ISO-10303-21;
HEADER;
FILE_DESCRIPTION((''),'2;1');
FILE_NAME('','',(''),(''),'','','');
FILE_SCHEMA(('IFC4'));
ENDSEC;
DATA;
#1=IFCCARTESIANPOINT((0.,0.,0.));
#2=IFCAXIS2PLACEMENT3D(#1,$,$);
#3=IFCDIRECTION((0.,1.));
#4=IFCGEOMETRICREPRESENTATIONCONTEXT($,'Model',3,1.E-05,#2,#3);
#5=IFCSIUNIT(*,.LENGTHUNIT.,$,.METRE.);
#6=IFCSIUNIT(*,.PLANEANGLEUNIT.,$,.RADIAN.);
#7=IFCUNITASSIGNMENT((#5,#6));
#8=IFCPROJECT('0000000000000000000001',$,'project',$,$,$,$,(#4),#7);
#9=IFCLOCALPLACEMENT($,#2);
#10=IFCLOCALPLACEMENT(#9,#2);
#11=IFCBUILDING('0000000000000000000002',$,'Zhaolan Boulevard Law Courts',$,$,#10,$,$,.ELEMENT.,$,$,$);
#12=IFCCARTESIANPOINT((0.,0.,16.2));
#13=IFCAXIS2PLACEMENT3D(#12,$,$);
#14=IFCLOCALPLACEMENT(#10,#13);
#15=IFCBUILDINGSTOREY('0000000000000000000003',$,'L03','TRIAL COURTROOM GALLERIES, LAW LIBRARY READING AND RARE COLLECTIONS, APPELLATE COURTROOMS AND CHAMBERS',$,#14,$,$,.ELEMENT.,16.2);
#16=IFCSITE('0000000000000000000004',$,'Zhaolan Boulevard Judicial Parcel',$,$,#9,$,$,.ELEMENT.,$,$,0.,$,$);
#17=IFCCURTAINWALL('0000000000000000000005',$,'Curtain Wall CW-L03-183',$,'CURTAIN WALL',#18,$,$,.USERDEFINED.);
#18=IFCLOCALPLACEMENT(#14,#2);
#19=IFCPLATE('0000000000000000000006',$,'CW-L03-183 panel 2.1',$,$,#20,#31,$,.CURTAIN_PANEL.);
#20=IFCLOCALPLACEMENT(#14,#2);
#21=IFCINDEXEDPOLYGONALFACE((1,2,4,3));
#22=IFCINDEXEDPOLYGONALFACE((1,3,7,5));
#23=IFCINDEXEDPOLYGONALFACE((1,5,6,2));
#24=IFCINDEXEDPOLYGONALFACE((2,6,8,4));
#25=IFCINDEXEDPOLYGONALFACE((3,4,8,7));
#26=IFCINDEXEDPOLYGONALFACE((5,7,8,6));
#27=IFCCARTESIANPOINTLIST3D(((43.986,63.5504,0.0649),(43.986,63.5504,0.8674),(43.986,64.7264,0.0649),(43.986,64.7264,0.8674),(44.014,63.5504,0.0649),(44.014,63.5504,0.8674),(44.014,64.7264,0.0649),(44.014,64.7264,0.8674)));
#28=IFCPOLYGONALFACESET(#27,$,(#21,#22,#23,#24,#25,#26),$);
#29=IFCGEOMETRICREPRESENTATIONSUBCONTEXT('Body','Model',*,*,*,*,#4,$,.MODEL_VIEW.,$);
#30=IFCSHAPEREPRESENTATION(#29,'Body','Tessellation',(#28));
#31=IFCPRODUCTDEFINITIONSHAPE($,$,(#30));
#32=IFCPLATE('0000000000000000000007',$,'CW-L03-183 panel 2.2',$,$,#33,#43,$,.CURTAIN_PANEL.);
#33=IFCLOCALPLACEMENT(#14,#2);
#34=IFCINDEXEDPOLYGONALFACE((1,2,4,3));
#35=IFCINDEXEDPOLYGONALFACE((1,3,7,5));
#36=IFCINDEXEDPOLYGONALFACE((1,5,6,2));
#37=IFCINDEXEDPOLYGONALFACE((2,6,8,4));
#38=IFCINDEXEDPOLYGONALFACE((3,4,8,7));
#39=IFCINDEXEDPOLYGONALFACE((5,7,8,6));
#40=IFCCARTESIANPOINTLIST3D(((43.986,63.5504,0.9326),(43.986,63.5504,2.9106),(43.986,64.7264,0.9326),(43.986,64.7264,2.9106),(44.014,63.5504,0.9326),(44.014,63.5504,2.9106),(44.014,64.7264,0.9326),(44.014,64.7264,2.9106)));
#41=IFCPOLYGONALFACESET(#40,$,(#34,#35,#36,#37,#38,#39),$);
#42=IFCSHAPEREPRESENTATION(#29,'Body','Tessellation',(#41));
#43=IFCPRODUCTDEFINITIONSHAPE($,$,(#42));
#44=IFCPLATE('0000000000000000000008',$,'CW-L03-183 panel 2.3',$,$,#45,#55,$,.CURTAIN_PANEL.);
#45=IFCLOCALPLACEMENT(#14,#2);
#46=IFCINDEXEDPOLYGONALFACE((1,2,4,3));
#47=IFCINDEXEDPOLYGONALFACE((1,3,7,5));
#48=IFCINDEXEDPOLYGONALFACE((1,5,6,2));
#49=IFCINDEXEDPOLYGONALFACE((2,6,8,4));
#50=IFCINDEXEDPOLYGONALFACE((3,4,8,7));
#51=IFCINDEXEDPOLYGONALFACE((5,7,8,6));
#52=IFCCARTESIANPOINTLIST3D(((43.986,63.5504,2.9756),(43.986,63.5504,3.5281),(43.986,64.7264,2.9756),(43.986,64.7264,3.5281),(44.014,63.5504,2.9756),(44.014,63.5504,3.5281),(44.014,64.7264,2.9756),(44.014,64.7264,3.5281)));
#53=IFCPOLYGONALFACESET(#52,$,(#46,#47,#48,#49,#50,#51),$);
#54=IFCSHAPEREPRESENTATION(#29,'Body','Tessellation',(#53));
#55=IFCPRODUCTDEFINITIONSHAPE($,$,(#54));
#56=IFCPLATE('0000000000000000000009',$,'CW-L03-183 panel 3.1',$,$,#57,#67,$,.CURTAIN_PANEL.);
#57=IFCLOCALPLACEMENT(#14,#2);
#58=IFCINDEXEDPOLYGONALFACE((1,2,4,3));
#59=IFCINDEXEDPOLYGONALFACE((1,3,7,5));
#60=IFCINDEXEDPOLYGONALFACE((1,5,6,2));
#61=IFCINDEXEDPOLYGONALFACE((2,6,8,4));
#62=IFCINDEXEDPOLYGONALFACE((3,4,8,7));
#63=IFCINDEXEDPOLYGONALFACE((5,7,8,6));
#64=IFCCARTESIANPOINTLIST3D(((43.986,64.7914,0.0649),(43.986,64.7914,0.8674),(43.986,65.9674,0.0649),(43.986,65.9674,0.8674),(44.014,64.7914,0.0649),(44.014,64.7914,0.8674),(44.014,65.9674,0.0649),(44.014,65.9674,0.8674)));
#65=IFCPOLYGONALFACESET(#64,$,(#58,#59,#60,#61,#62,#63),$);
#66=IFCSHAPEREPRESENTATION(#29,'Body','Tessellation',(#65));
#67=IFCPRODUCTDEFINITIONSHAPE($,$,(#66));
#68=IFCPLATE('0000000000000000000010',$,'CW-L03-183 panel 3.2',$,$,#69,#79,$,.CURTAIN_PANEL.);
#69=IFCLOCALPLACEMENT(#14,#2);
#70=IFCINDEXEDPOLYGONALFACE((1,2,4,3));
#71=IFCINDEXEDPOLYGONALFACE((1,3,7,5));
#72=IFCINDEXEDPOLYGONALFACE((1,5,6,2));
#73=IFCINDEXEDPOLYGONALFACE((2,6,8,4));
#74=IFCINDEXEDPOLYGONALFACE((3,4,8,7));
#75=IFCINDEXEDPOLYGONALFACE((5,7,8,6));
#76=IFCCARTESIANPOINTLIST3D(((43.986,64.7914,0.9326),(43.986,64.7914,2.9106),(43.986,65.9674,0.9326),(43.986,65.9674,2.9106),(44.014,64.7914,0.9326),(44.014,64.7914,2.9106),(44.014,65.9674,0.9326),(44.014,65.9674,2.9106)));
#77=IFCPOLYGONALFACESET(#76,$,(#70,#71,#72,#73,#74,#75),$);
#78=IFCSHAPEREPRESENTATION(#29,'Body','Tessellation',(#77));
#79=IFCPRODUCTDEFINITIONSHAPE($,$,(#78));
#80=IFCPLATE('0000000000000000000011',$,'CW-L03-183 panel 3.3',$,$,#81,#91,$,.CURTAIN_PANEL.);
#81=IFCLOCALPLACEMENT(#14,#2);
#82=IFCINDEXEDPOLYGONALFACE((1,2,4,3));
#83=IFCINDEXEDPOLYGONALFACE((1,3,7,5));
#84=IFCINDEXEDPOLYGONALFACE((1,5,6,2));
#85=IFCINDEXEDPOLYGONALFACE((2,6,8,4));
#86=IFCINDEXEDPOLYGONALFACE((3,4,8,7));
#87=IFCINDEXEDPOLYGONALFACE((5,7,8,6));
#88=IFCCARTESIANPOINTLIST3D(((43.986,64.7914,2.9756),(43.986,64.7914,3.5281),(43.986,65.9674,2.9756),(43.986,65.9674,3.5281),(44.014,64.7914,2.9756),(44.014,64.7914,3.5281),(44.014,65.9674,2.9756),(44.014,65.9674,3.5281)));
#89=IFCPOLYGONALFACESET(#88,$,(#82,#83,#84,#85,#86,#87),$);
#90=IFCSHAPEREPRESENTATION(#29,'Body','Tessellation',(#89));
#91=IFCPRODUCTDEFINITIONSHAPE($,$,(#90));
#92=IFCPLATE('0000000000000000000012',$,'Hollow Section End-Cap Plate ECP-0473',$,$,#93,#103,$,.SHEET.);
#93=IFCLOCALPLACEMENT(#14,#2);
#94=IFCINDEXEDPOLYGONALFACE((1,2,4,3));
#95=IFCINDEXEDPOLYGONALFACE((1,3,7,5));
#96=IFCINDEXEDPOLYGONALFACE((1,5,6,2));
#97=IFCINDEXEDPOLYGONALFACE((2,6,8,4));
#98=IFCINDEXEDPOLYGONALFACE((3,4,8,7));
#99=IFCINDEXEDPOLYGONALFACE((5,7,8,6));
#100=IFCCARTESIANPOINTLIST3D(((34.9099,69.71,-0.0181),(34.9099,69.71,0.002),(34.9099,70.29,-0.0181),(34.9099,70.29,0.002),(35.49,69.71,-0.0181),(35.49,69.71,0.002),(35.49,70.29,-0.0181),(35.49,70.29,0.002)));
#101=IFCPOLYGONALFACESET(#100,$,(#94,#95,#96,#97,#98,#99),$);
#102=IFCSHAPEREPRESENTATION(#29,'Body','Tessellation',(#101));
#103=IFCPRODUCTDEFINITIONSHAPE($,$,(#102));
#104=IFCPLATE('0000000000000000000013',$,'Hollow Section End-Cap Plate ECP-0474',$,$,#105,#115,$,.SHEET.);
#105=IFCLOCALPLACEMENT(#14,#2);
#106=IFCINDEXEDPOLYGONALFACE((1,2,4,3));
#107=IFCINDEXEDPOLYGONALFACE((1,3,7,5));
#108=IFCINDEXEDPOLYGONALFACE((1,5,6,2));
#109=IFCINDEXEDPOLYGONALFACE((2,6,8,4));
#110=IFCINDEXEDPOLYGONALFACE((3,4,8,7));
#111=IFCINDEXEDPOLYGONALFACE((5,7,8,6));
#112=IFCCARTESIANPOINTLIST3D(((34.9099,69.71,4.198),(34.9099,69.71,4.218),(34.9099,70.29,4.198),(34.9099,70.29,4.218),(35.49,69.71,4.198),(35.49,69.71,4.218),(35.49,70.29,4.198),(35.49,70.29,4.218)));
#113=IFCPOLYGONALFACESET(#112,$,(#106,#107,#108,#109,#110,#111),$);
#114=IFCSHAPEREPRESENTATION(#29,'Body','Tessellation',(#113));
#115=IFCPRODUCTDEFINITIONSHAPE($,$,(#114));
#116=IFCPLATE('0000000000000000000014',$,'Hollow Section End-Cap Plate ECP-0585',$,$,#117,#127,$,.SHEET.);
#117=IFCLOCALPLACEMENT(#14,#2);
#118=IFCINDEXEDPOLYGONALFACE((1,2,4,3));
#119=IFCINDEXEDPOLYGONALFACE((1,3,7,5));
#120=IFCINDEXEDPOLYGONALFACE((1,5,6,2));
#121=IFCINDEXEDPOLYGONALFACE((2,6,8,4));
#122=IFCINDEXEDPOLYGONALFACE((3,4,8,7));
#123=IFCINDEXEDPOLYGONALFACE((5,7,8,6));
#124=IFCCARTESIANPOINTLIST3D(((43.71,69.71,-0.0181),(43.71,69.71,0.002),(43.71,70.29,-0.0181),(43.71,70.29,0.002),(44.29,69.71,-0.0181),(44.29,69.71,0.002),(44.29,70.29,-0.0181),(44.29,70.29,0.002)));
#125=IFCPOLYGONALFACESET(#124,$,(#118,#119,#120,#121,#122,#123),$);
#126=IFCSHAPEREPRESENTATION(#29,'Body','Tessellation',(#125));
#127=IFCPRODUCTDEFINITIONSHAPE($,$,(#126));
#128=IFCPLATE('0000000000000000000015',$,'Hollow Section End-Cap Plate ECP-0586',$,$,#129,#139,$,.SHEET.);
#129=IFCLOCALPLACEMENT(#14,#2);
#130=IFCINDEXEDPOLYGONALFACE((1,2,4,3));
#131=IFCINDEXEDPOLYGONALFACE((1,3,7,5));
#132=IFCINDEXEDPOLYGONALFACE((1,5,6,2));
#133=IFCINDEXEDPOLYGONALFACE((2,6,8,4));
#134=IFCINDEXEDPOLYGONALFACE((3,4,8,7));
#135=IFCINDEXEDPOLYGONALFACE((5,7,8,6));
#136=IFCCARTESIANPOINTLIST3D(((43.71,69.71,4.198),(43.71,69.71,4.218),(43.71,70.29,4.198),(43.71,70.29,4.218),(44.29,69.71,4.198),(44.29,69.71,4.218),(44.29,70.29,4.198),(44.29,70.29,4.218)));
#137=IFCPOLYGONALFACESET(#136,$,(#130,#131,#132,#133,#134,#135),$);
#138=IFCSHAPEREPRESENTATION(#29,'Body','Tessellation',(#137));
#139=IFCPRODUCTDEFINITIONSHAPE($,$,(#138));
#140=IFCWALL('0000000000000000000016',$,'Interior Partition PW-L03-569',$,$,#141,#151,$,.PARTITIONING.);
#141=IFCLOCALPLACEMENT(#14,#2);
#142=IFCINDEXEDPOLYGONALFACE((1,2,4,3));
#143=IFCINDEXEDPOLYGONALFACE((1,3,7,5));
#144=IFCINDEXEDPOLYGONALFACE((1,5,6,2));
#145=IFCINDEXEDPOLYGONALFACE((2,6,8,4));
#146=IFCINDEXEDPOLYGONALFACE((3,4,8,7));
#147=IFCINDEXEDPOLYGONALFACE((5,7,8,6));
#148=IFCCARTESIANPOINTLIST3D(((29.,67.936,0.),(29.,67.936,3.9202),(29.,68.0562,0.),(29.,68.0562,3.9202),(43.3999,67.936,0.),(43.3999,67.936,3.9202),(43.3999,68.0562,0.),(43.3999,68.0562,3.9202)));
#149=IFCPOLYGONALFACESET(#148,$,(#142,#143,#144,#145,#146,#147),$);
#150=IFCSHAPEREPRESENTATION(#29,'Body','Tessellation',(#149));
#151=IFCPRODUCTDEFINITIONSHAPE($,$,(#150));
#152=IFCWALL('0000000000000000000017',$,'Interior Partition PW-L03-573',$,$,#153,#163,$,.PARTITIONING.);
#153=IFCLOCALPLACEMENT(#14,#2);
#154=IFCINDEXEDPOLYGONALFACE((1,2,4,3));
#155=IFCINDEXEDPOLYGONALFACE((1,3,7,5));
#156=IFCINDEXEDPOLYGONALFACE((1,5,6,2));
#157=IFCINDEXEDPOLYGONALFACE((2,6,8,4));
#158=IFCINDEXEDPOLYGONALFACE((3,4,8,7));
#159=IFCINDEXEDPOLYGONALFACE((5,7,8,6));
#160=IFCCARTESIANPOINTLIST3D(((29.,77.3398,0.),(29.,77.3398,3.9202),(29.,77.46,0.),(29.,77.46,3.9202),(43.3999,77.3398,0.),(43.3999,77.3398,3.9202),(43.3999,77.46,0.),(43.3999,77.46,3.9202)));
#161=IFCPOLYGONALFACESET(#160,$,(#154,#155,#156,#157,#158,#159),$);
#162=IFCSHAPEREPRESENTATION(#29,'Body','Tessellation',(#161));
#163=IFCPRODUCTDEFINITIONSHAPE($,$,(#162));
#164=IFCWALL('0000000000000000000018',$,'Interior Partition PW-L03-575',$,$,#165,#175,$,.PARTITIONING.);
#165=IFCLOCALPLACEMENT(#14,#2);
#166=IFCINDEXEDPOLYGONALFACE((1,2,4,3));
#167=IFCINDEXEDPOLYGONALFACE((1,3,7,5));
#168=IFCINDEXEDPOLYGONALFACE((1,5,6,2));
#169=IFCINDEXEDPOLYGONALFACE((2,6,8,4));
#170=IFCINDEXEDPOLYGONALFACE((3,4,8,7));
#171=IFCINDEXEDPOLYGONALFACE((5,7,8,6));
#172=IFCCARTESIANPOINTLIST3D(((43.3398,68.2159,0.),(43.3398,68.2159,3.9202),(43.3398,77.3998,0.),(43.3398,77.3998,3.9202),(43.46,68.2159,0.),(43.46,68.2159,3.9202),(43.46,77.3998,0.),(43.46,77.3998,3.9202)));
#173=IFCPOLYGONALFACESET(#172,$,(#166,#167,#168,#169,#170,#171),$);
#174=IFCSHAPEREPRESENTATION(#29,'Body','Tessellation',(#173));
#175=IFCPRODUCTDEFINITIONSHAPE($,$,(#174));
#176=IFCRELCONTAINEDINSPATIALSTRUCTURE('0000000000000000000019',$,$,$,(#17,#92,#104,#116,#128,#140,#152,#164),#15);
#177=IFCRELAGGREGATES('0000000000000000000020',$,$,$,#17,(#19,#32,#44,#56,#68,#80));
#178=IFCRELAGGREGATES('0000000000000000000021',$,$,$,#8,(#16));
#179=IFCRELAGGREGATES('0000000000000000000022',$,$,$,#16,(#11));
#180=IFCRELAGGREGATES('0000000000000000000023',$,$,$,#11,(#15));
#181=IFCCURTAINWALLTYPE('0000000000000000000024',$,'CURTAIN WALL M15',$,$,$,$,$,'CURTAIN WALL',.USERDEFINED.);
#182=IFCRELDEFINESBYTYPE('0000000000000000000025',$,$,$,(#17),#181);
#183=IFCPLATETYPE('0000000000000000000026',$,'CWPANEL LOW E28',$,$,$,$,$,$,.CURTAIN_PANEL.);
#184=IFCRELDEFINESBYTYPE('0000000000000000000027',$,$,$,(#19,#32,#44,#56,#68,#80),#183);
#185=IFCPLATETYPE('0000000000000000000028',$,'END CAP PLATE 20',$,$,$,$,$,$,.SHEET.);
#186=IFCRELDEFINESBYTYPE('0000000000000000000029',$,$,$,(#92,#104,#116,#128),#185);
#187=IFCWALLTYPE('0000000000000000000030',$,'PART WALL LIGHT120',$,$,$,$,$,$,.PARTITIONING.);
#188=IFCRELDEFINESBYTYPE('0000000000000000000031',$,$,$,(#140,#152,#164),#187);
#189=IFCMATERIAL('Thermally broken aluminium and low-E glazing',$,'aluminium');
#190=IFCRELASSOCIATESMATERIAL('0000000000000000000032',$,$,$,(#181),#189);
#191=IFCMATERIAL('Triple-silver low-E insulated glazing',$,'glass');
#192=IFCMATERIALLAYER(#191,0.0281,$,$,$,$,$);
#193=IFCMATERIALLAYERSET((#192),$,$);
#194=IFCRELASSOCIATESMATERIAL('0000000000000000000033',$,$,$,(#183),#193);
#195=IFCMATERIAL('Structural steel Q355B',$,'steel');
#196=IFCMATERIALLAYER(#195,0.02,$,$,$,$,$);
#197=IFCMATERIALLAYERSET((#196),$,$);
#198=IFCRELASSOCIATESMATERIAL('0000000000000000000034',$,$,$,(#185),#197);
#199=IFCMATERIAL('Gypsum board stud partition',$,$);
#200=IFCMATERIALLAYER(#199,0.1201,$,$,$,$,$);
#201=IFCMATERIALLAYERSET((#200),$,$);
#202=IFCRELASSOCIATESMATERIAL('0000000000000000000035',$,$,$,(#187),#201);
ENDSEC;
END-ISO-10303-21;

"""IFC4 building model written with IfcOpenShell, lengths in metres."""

from ifc_helpers import new_model, si_unit, direction, frame, frame_2d, origin, origin_2d, place, context, subcontext, project, spatial, rectangle, extrude, material, layer, layer_set, type_object, element, aggregate, save


model = new_model("IFC4")

# Units and contexts
model_context = context("Model", 3, precision=1e-05, world=origin(), true_north=direction((0.0, 1.0)))
body_context = subcontext(model_context, "Body", "Model", "MODEL_VIEW")
ifc_project = project(units=[si_unit("LENGTHUNIT", "METRE"), si_unit("PLANEANGLEUNIT", "RADIAN")], contexts=[model_context])

# Site, building, storey
site_placement = place(None, origin())
site = spatial("IfcSite", under=ifc_project, at=site_placement, Name="Zhaolan Boulevard Judicial Parcel", CompositionType="ELEMENT", RefElevation=0.0)
building_placement = place(site_placement, origin())
building = spatial("IfcBuilding", under=site, at=building_placement, Name="Zhaolan Boulevard Law Courts", CompositionType="ELEMENT")
storey_placement = place(building_placement, frame((0.0, 0.0, 16.2)))
storey = spatial("IfcBuildingStorey", under=building, at=storey_placement, Name="L03", Description="TRIAL COURTROOM GALLERIES, LAW LIBRARY READING AND RARE COLLECTIONS, APPELLATE COURTROOMS AND CHAMBERS", CompositionType="ELEMENT", Elevation=16.2)

# Curtain wall
ifc_material_1 = material(Name="Thermally broken aluminium and low-E glazing", Category="aluminium")
curtain_wall_type = type_object("IfcCurtainWallType", Name="CURTAIN WALL M15", ElementType="CURTAIN WALL", PredefinedType="USERDEFINED", material=ifc_material_1)
curtain_wall_placement = place(storey_placement, origin())
curtain_wall = element("IfcCurtainWall", 1, at=curtain_wall_placement, inside=storey, type_object=curtain_wall_type, Name="Curtain Wall CW-L03-183", ObjectType="CURTAIN WALL", PredefinedType="USERDEFINED")

# Plates
ifc_material_2 = material(Name="Triple-silver low-E insulated glazing", Category="glass")
ifc_layer_1 = layer(ifc_material_2, 0.0281)
ifc_layer_set_1 = layer_set([ifc_layer_1])
plate_type_1 = type_object("IfcPlateType", Name="CWPANEL LOW E28", PredefinedType="CURTAIN_PANEL", material=ifc_layer_set_1)
plate_1_placement = place(storey_placement, frame((44.0, 64.1384, 0.0649), z_axis=(0.0, 0.0, 1.0), x_axis=(0.0, 1.0, 0.0)))
plate_1 = element("IfcPlate", 2, at=plate_1_placement, type_object=plate_type_1, Name="CW-L03-183 panel 2.1", PredefinedType="CURTAIN_PANEL", context=body_context, shape_type="SweptSolid", body=[
    extrude(rectangle(XDim=1.176, YDim=0.0281, at=origin_2d()), origin(), (0.0, 0.0, 1.0), 0.8025),
])
plate_2_placement = place(storey_placement, frame((44.0, 64.1384, 0.9326), z_axis=(0.0, 0.0, 1.0), x_axis=(0.0, 1.0, 0.0)))
plate_2 = element("IfcPlate", 3, at=plate_2_placement, type_object=plate_type_1, Name="CW-L03-183 panel 2.2", PredefinedType="CURTAIN_PANEL", context=body_context, shape_type="SweptSolid", body=[
    extrude(rectangle(XDim=1.176, YDim=0.0281, at=origin_2d()), origin(), (0.0, 0.0, 1.0), 1.978),
])
plate_3_placement = place(storey_placement, frame((44.0, 64.1384, 2.9756), z_axis=(0.0, 0.0, 1.0), x_axis=(0.0, 1.0, 0.0)))
plate_3 = element("IfcPlate", 4, at=plate_3_placement, type_object=plate_type_1, Name="CW-L03-183 panel 2.3", PredefinedType="CURTAIN_PANEL", context=body_context, shape_type="SweptSolid", body=[
    extrude(rectangle(XDim=1.176, YDim=0.0281, at=origin_2d()), origin(), (0.0, 0.0, 1.0), 0.5525),
])
plate_4_placement = place(storey_placement, frame((44.0, 65.3794, 0.0649), z_axis=(0.0, 0.0, 1.0), x_axis=(0.0, 1.0, 0.0)))
plate_4 = element("IfcPlate", 5, at=plate_4_placement, type_object=plate_type_1, Name="CW-L03-183 panel 3.1", PredefinedType="CURTAIN_PANEL", context=body_context, shape_type="SweptSolid", body=[
    extrude(rectangle(XDim=1.176, YDim=0.0281, at=origin_2d()), origin(), (0.0, 0.0, 1.0), 0.8025),
])
plate_5_placement = place(storey_placement, frame((44.0, 65.3794, 0.9326), z_axis=(0.0, 0.0, 1.0), x_axis=(0.0, 1.0, 0.0)))
plate_5 = element("IfcPlate", 6, at=plate_5_placement, type_object=plate_type_1, Name="CW-L03-183 panel 3.2", PredefinedType="CURTAIN_PANEL", context=body_context, shape_type="SweptSolid", body=[
    extrude(rectangle(XDim=1.176, YDim=0.0281, at=origin_2d()), origin(), (0.0, 0.0, 1.0), 1.978),
])
plate_6_placement = place(storey_placement, frame((44.0, 65.3794, 2.9756), z_axis=(0.0, 0.0, 1.0), x_axis=(0.0, 1.0, 0.0)))
plate_6 = element("IfcPlate", 7, at=plate_6_placement, type_object=plate_type_1, Name="CW-L03-183 panel 3.3", PredefinedType="CURTAIN_PANEL", context=body_context, shape_type="SweptSolid", body=[
    extrude(rectangle(XDim=1.176, YDim=0.0281, at=origin_2d()), origin(), (0.0, 0.0, 1.0), 0.5525),
])
aggregate(curtain_wall, [plate_1, plate_2, plate_3, plate_4, plate_5, plate_6])

# Plates
ifc_material_3 = material(Name="Structural steel Q355B", Category="steel")
ifc_layer_2 = layer(ifc_material_3, 0.02)
ifc_layer_set_2 = layer_set([ifc_layer_2])
plate_type_2 = type_object("IfcPlateType", Name="END CAP PLATE 20", PredefinedType="SHEET", material=ifc_layer_set_2)
for number, where, z_axis, x_axis, name in (
    (8, (35.2, 70.0, -0.0181), (0.0, 0.0, 1.0), (1.0, 0.0, 0.0), "Hollow Section End-Cap Plate ECP-0473"),
    (9, (35.2, 70.0, 4.198), (0.0, 0.0, 1.0), (1.0, 0.0, 0.0), "Hollow Section End-Cap Plate ECP-0474"),
    (10, (44.0, 70.0, -0.0181), (0.0, 0.0, 1.0), (1.0, 0.0, 0.0), "Hollow Section End-Cap Plate ECP-0585"),
    (11, (44.0, 70.0, 4.198), (0.0, 0.0, 1.0), (1.0, 0.0, 0.0), "Hollow Section End-Cap Plate ECP-0586"),
):
    element("IfcPlate", number, at=place(storey_placement, frame(where, z_axis=z_axis, x_axis=x_axis)), inside=storey, type_object=plate_type_2, Name=name, PredefinedType="SHEET", context=body_context, shape_type="SweptSolid", body=[
        extrude(rectangle(XDim=0.5801, YDim=0.5801, at=origin_2d()), origin(), (0.0, 0.0, 1.0), 0.02),
    ])

# Walls
ifc_material_4 = material(Name="Gypsum board stud partition")
ifc_layer_3 = layer(ifc_material_4, 0.1201)
ifc_layer_set_3 = layer_set([ifc_layer_3])
wall_type = type_object("IfcWallType", Name="PART WALL LIGHT120", PredefinedType="PARTITIONING", material=ifc_layer_set_3)
for number, where, z_axis, x_axis, name in (
    (12, (43.3999, 67.9961, 0.0), (0.0, 0.0, 1.0), (-1.0, 0.0, 0.0), "Interior Partition PW-L03-569"),
    (13, (43.3999, 77.3999, 0.0), (0.0, 0.0, 1.0), (-1.0, 0.0, 0.0), "Interior Partition PW-L03-573"),
):
    element("IfcWall", number, at=place(storey_placement, frame(where, z_axis=z_axis, x_axis=x_axis)), inside=storey, type_object=wall_type, Name=name, PredefinedType="PARTITIONING", context=body_context, shape_type="SweptSolid", body=[
        extrude(rectangle(XDim=14.3999, YDim=0.1201, at=frame_2d((7.2, 0.0))), origin(), (0.0, 0.0, 1.0), 3.9202),
    ])
wall_placement = place(storey_placement, frame((43.3999, 68.2161, 0.0), z_axis=(0.0, 0.0, 1.0), x_axis=(0.0, 1.0, 0.0)))
element("IfcWall", 14, at=wall_placement, inside=storey, type_object=wall_type, Name="Interior Partition PW-L03-575", PredefinedType="PARTITIONING", context=body_context, shape_type="SweptSolid", body=[
    extrude(rectangle(XDim=9.1838, YDim=0.1201, at=frame_2d((4.5918, 0.0))), origin(), (0.0, 0.0, 1.0), 3.9202),
])

save(model, "model.ifc")
